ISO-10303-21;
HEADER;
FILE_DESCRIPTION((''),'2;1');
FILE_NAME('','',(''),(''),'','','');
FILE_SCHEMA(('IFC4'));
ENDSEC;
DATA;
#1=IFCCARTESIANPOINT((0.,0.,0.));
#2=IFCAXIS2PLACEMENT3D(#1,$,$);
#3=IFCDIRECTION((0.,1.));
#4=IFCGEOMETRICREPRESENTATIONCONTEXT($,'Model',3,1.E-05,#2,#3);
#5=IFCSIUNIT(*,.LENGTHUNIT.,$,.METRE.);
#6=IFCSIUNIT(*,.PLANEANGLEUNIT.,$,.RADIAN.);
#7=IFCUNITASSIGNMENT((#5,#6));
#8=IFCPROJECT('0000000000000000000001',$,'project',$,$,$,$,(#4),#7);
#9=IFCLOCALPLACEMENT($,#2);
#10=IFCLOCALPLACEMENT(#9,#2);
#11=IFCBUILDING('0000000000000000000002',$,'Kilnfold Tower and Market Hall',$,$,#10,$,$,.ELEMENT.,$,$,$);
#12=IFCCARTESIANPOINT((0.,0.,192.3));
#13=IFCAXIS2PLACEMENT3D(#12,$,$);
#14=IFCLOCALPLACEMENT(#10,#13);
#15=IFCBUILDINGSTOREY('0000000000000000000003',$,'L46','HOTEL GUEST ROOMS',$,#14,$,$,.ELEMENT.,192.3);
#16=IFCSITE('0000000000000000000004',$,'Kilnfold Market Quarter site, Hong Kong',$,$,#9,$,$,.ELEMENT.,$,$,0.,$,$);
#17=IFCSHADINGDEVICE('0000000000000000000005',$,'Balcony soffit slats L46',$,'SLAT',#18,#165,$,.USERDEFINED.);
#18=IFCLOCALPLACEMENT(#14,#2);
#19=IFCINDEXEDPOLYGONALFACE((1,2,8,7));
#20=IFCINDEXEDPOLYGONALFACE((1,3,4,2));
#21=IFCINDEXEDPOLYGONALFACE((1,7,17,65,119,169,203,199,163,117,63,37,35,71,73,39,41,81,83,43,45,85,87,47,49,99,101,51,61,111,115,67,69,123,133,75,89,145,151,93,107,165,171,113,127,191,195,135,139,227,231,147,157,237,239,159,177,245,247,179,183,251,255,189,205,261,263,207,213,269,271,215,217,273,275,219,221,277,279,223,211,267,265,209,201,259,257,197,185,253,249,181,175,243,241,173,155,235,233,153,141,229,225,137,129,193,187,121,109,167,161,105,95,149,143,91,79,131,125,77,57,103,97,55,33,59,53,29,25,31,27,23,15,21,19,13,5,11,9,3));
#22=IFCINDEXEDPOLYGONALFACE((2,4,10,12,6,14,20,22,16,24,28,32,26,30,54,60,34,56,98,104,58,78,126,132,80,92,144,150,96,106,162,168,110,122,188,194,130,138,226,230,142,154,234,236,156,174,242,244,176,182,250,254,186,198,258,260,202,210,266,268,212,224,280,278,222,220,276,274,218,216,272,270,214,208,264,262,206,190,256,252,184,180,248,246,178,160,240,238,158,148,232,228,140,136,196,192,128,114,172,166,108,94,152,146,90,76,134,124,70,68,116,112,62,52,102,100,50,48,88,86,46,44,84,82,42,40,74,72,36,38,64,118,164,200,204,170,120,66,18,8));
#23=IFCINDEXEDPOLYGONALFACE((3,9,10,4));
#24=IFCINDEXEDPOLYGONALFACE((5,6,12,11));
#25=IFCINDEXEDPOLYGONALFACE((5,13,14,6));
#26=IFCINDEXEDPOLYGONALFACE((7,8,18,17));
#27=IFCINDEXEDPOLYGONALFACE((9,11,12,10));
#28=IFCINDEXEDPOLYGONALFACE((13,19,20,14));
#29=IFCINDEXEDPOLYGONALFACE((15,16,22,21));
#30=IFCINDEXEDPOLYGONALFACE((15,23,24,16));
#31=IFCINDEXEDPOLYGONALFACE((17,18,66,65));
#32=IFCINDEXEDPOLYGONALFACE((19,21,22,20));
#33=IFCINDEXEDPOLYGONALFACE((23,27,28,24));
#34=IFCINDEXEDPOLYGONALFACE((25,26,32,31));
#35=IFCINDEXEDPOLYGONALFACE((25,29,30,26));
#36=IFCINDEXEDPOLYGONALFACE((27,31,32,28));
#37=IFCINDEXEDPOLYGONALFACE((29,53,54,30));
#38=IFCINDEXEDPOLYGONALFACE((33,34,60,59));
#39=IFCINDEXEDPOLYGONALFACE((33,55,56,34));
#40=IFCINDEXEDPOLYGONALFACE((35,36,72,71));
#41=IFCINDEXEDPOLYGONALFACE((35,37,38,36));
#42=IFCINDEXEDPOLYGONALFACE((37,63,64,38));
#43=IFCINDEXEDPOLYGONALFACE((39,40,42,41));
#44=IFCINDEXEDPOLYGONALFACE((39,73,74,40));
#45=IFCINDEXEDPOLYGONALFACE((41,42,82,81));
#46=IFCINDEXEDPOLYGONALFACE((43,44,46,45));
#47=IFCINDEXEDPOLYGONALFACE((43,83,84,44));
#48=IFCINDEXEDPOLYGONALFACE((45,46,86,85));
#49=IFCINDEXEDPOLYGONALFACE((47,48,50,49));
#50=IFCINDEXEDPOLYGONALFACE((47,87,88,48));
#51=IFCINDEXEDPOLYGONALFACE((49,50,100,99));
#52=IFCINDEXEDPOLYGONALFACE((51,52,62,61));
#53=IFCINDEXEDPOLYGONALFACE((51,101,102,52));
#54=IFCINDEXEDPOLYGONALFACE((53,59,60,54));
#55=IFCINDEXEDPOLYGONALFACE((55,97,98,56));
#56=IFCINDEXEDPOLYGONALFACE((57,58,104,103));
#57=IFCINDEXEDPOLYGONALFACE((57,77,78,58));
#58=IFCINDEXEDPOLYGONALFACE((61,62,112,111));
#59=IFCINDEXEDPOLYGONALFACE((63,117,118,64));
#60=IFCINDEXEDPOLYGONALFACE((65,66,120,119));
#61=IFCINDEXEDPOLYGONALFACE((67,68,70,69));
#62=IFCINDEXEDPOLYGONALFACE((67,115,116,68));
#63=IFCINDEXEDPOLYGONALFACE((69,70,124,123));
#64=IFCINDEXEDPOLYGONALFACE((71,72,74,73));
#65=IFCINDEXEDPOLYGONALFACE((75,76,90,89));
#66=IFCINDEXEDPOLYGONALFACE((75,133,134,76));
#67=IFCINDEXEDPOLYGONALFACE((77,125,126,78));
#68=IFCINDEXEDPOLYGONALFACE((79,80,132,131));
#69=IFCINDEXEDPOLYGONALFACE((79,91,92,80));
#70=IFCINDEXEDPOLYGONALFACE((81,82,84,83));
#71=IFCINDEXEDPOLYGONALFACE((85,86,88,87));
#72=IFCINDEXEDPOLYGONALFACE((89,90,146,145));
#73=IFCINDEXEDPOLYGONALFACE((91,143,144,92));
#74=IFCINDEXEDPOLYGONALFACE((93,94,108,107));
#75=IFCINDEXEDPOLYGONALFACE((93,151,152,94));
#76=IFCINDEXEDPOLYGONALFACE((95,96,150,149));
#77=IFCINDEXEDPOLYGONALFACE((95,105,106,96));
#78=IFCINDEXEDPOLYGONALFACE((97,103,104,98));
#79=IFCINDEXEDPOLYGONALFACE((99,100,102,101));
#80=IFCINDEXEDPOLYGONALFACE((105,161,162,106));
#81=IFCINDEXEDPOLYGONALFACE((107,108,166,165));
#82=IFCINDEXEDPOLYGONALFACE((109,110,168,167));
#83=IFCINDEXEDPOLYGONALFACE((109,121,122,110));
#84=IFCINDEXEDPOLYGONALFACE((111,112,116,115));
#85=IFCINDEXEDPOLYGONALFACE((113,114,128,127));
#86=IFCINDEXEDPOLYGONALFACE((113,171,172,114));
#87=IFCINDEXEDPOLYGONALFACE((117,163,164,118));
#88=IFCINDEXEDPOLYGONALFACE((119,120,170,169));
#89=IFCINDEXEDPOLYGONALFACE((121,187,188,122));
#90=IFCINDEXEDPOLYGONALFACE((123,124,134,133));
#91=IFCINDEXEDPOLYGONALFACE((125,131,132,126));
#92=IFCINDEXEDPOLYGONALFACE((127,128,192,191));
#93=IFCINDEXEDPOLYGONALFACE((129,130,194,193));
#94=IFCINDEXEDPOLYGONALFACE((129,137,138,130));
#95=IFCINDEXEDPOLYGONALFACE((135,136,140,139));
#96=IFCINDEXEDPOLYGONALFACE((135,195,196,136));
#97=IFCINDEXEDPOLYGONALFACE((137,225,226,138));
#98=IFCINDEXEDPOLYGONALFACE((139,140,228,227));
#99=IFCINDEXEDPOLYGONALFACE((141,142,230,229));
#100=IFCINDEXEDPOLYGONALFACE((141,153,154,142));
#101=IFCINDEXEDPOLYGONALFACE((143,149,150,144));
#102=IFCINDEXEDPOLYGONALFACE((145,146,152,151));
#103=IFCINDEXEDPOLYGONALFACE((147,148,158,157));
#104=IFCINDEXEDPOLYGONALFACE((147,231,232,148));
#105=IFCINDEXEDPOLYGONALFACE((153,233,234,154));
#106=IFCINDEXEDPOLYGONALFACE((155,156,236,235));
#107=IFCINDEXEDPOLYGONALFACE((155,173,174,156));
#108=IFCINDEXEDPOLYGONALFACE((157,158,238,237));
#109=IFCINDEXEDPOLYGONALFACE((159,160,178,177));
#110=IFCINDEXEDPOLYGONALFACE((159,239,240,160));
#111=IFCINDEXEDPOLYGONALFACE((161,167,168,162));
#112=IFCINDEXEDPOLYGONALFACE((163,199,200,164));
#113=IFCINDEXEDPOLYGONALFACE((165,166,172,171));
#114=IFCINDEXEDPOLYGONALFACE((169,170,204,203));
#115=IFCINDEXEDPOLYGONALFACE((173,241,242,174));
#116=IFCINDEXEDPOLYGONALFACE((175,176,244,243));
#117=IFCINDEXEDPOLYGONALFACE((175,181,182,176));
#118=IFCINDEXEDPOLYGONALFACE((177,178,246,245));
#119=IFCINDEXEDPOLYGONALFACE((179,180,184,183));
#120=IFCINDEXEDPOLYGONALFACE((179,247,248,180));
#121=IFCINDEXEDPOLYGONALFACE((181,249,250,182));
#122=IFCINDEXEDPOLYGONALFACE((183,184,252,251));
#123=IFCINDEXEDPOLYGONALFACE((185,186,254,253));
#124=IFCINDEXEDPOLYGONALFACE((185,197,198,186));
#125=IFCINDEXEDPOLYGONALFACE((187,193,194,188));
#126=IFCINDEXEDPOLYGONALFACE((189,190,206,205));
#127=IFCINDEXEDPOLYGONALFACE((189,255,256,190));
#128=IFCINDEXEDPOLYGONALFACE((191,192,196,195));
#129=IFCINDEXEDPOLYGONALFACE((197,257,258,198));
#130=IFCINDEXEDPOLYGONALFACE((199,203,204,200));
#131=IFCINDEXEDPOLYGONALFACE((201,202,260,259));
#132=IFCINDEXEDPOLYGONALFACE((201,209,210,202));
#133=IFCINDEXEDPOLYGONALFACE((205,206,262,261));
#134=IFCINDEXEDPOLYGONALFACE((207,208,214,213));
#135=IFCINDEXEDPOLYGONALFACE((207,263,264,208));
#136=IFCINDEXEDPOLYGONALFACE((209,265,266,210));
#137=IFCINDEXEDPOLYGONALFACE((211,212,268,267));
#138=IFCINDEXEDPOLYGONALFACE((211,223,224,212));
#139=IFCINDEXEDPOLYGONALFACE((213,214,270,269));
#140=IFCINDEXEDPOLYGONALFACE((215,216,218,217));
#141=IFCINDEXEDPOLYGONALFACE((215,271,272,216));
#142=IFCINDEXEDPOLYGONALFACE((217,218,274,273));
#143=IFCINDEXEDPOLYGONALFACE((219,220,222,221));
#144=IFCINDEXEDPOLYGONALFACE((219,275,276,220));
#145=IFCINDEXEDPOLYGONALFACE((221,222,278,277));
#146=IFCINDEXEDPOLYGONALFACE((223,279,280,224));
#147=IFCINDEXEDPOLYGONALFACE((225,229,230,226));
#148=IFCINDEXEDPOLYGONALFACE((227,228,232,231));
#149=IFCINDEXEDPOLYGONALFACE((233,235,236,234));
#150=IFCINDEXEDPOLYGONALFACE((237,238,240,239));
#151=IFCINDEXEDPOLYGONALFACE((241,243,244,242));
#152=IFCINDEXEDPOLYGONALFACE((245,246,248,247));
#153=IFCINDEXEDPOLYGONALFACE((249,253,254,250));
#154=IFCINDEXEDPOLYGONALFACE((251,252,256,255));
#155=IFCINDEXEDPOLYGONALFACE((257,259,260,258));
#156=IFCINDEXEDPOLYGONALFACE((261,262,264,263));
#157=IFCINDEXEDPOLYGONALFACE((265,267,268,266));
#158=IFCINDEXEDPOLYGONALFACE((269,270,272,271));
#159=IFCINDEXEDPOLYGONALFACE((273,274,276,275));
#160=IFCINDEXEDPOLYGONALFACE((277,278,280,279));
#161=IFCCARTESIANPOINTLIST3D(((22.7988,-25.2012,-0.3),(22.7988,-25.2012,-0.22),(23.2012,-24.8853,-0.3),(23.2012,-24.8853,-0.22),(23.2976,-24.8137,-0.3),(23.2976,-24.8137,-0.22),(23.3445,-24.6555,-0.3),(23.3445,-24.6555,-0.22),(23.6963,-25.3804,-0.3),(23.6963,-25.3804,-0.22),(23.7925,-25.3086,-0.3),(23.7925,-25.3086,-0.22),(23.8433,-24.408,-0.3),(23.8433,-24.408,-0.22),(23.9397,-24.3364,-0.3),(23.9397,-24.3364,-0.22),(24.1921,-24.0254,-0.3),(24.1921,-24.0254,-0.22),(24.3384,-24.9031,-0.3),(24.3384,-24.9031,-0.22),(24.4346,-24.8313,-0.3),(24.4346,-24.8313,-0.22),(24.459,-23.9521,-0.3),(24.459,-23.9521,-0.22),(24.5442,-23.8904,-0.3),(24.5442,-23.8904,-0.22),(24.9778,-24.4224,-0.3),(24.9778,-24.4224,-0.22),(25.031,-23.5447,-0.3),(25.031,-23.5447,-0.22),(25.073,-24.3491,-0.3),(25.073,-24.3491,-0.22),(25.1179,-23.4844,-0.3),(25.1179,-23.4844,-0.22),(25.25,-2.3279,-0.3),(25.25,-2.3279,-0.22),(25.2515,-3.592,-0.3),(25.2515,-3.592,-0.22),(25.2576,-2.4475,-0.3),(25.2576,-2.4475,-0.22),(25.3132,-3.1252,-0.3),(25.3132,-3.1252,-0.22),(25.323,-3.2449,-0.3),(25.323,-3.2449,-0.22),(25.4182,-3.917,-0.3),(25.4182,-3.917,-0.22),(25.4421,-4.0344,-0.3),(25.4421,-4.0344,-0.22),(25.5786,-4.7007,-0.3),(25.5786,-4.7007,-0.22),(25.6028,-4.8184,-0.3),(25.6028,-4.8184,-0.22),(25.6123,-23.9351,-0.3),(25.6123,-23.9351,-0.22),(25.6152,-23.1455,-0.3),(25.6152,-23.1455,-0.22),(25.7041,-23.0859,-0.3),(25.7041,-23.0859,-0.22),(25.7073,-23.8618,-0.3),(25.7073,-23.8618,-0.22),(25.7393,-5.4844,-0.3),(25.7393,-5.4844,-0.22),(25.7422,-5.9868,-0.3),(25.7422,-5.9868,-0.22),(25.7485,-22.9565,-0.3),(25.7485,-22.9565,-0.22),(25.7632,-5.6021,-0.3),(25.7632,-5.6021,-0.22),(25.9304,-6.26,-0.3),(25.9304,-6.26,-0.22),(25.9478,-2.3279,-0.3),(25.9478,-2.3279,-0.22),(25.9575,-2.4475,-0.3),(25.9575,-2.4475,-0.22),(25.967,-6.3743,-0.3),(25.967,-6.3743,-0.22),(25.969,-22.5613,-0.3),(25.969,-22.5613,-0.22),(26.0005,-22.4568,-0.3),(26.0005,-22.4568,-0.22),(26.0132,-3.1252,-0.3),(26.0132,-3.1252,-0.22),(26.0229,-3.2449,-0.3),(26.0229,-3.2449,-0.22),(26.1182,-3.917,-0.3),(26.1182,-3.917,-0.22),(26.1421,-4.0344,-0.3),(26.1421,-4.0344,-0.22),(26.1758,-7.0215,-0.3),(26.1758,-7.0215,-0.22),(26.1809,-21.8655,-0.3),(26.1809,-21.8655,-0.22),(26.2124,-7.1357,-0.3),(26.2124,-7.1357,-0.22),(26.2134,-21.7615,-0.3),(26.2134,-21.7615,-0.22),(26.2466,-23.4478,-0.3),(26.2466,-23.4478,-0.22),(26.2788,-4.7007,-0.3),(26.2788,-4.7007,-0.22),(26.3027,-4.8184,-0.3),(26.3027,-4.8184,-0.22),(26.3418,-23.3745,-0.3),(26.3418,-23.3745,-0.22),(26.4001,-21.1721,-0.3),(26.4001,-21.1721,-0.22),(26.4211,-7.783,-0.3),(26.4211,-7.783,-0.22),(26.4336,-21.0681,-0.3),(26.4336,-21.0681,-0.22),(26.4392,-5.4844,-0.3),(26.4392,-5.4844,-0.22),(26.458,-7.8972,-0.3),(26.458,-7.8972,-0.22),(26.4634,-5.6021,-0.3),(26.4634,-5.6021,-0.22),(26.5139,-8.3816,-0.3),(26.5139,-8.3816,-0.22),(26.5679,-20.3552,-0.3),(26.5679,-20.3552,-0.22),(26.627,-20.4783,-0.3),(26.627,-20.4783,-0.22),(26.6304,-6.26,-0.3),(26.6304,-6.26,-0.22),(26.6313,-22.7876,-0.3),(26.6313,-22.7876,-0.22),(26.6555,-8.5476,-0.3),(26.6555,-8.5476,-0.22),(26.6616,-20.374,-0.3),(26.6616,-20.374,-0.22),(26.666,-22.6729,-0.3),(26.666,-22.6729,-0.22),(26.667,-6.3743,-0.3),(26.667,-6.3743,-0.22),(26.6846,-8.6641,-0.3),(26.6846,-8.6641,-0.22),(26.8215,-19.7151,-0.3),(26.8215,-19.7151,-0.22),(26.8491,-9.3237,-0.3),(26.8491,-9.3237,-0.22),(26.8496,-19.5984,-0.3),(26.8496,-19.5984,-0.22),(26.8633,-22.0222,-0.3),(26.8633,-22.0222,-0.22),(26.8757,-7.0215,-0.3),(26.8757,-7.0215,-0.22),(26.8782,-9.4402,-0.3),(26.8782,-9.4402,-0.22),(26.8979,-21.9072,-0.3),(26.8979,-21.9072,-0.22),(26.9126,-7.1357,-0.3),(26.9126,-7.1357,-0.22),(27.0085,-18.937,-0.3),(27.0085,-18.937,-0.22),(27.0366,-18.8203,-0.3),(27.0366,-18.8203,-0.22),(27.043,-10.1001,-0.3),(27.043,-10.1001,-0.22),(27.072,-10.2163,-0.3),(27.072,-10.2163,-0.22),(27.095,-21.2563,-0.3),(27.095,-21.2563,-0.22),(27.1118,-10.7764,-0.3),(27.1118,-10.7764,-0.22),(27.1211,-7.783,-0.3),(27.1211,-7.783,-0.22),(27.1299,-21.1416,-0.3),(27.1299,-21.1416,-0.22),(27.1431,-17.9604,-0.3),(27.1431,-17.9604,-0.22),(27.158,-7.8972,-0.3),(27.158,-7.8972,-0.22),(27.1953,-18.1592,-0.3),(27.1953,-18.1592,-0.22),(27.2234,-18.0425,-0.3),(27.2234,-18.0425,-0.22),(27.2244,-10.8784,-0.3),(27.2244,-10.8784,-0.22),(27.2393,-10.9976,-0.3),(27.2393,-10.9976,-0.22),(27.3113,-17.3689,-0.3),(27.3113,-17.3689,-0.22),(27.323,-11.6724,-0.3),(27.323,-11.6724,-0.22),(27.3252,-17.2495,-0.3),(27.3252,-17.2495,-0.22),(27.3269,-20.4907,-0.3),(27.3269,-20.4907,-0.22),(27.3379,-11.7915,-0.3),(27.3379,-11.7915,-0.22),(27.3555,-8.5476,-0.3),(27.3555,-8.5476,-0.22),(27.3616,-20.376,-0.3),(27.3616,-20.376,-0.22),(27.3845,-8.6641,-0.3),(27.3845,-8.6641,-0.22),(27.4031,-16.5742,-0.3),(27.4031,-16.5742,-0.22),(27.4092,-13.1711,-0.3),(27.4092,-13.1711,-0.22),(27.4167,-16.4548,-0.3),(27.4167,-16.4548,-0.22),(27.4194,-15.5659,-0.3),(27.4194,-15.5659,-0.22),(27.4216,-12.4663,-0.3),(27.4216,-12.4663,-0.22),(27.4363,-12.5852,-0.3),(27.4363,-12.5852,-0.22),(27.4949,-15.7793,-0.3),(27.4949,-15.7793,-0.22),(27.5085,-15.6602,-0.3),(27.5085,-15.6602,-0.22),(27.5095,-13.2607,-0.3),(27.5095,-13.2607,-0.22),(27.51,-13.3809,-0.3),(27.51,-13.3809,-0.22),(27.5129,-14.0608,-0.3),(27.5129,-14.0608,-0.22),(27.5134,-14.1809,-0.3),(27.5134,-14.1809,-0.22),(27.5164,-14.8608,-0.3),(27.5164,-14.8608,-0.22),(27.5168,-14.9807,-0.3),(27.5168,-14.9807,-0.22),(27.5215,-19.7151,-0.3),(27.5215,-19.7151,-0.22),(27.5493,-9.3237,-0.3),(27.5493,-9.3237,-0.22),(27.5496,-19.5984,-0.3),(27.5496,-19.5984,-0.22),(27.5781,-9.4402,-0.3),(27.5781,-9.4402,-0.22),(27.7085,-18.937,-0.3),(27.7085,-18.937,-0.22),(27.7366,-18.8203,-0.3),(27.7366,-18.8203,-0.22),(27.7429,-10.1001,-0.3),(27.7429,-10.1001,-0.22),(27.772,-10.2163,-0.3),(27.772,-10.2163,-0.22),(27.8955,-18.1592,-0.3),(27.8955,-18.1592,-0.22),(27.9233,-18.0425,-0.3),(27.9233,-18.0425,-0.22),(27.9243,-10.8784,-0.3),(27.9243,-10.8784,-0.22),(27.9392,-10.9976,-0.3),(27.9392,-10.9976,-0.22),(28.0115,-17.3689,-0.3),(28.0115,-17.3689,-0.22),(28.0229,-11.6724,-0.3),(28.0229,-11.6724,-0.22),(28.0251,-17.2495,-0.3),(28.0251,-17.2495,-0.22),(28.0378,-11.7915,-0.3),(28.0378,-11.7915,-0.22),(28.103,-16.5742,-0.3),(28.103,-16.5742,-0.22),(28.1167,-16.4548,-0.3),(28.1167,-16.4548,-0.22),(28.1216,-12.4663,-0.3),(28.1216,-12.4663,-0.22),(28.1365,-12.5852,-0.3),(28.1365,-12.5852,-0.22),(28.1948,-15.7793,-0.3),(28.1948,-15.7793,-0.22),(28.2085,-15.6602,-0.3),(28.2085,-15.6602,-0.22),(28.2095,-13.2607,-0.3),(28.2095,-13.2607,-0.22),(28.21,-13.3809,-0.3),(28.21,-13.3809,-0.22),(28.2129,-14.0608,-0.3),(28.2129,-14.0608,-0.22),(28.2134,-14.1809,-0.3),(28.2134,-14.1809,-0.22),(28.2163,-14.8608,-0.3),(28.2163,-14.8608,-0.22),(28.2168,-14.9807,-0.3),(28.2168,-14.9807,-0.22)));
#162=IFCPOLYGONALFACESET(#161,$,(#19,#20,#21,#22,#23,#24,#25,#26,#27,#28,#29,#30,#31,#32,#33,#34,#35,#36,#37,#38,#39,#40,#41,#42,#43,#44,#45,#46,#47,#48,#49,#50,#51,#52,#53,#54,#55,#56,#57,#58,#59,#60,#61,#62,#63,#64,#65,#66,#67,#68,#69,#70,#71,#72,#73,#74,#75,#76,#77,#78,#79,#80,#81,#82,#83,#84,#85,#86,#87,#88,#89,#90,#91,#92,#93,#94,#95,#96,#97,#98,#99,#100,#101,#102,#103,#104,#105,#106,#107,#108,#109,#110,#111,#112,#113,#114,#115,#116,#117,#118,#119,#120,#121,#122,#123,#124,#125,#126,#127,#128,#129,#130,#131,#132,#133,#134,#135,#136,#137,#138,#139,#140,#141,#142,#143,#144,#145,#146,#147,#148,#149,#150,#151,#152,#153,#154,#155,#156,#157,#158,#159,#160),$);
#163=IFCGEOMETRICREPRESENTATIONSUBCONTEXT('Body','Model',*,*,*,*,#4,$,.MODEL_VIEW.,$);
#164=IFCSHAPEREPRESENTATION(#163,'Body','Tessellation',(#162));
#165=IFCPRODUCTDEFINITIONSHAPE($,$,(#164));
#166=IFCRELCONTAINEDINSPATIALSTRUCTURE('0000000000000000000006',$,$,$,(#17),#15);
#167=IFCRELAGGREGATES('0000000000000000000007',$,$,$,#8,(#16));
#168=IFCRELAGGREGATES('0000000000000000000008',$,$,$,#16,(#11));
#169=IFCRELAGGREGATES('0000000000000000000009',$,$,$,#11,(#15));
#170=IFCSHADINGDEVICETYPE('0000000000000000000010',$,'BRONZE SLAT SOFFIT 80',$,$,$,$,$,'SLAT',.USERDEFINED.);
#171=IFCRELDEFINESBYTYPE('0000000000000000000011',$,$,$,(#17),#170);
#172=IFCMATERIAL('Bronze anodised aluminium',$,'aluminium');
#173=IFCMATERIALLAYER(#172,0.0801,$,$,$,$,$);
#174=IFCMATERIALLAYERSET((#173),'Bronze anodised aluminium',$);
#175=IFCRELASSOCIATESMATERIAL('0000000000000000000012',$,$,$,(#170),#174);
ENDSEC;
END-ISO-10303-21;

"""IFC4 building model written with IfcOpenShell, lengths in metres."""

from ifc_helpers import new_model, si_unit, direction, frame, origin, place, context, subcontext, project, spatial, polyline, outline, extrude, source, transform, mapped, material, layer, layer_set, type_object, element, save


model = new_model("IFC4")

# Units and contexts
model_context = context("Model", 3, precision=1e-05, world=origin(), true_north=direction((0.0, 1.0)))
body_context = subcontext(model_context, "Body", "Model", "MODEL_VIEW")
ifc_project = project(units=[si_unit("LENGTHUNIT", "METRE"), si_unit("PLANEANGLEUNIT", "RADIAN")], contexts=[model_context])

# Site, building, storey
site_placement = place(None, origin())
site = spatial("IfcSite", under=ifc_project, at=site_placement, Name="Kilnfold Market Quarter site, Hong Kong", CompositionType="ELEMENT", RefElevation=0.0)
building_placement = place(site_placement, origin())
building = spatial("IfcBuilding", under=site, at=building_placement, Name="Kilnfold Tower and Market Hall", CompositionType="ELEMENT")
storey_placement = place(building_placement, frame((0.0, 0.0, 192.3)))
storey = spatial("IfcBuildingStorey", under=building, at=storey_placement, Name="L46", Description="HOTEL GUEST ROOMS", CompositionType="ELEMENT", Elevation=192.3)

# Shading device
ifc_material_1 = material(Name="Bronze anodised aluminium", Category="aluminium")
ifc_layer_1 = layer(ifc_material_1, 0.0801)
ifc_layer_set_1 = layer_set([ifc_layer_1], Name="Bronze anodised aluminium")
shading_device_type_1 = type_object("IfcShadingDeviceType", Name="BRONZE SLAT SOFFIT 80", ElementType="SLAT", PredefinedType="USERDEFINED", material=ifc_layer_set_1)
shared_shape_1 = source(origin(), body_context, "Body", "SweptSolid", [
    extrude(outline(polyline([(24.1921, -24.0254), (25.7485, -22.9565), (26.5679, -20.3552), (27.1431, -17.9604), (27.4194, -15.5659), (27.4092, -13.1711), (27.1118, -10.7764), (26.5139, -8.3816), (25.7422, -5.9868), (25.2515, -3.592), (25.25, -2.3279), (25.9478, -2.3279), (25.9575, -2.4475), (25.2576, -2.4475), (25.3132, -3.1252), (26.0132, -3.1252), (26.0229, -3.2449), (25.323, -3.2449), (25.4182, -3.917), (26.1182, -3.917), (26.1421, -4.0344), (25.4421, -4.0344), (25.5786, -4.7007), (26.2788, -4.7007), (26.3027, -4.8184), (25.6028, -4.8184), (25.7393, -5.4844), (26.4392, -5.4844), (26.4634, -5.6021), (25.7632, -5.6021), (25.9304, -6.26), (26.6304, -6.26), (26.667, -6.3743), (25.967, -6.3743), (26.1758, -7.0215), (26.8757, -7.0215), (26.9126, -7.1357), (26.2124, -7.1357), (26.4211, -7.783), (27.1211, -7.783), (27.158, -7.8972), (26.458, -7.8972), (26.6555, -8.5476), (27.3555, -8.5476), (27.3845, -8.6641), (26.6846, -8.6641), (26.8491, -9.3237), (27.5493, -9.3237), (27.5781, -9.4402), (26.8782, -9.4402), (27.043, -10.1001), (27.7429, -10.1001), (27.772, -10.2163), (27.072, -10.2163), (27.2244, -10.8784), (27.9243, -10.8784), (27.9392, -10.9976), (27.2393, -10.9976), (27.323, -11.6724), (28.0229, -11.6724), (28.0378, -11.7915), (27.3379, -11.7915), (27.4216, -12.4663), (28.1216, -12.4663), (28.1365, -12.5852), (27.4363, -12.5852), (27.5095, -13.2607), (28.2095, -13.2607), (28.21, -13.3809), (27.51, -13.3809), (27.5129, -14.0608), (28.2129, -14.0608), (28.2134, -14.1809), (27.5134, -14.1809), (27.5164, -14.8608), (28.2163, -14.8608), (28.2168, -14.9807), (27.5168, -14.9807), (27.5085, -15.6602), (28.2085, -15.6602), (28.1948, -15.7793), (27.4949, -15.7793), (27.4167, -16.4548), (28.1167, -16.4548), (28.103, -16.5742), (27.4031, -16.5742), (27.3252, -17.2495), (28.0251, -17.2495), (28.0115, -17.3689), (27.3113, -17.3689), (27.2234, -18.0425), (27.9233, -18.0425), (27.8955, -18.1592), (27.1953, -18.1592), (27.0366, -18.8203), (27.7366, -18.8203), (27.7085, -18.937), (27.0085, -18.937), (26.8496, -19.5984), (27.5496, -19.5984), (27.5215, -19.7151), (26.8215, -19.7151), (26.6616, -20.374), (27.3616, -20.376), (27.3269, -20.4907), (26.627, -20.4783), (26.4336, -21.0681), (27.1299, -21.1416), (27.095, -21.2563), (26.4001, -21.1721), (26.2134, -21.7615), (26.8979, -21.9072), (26.8633, -22.0222), (26.1809, -21.8655), (26.0005, -22.4568), (26.666, -22.6729), (26.6313, -22.7876), (25.969, -22.5613), (25.7041, -23.0859), (26.3418, -23.3745), (26.2466, -23.4478), (25.6152, -23.1455), (25.1179, -23.4844), (25.7073, -23.8618), (25.6123, -23.9351), (25.031, -23.5447), (24.5442, -23.8904), (25.073, -24.3491), (24.9778, -24.4224), (24.459, -23.9521), (23.9397, -24.3364), (24.4346, -24.8313), (24.3384, -24.9031), (23.8433, -24.408), (23.2976, -24.8137), (23.7925, -25.3086), (23.6963, -25.3804), (23.2012, -24.8853), (22.7988, -25.2012), (23.3445, -24.6555), (24.1921, -24.0254)])), origin(), (0.0, 0.0, 1.0), 0.0801),
])
shading_device_1_placement = place(storey_placement, frame((0.0, 0.0, -0.3)))
element("IfcShadingDevice", 1, at=shading_device_1_placement, inside=storey, type_object=shading_device_type_1, Name="Balcony soffit slats L46", ObjectType="SLAT", PredefinedType="USERDEFINED", context=body_context, shape_type="MappedRepresentation", body=[
    mapped(shared_shape_1, transform((0.0, 0.0, 0.0))),
])

save(model, "model.ifc")
